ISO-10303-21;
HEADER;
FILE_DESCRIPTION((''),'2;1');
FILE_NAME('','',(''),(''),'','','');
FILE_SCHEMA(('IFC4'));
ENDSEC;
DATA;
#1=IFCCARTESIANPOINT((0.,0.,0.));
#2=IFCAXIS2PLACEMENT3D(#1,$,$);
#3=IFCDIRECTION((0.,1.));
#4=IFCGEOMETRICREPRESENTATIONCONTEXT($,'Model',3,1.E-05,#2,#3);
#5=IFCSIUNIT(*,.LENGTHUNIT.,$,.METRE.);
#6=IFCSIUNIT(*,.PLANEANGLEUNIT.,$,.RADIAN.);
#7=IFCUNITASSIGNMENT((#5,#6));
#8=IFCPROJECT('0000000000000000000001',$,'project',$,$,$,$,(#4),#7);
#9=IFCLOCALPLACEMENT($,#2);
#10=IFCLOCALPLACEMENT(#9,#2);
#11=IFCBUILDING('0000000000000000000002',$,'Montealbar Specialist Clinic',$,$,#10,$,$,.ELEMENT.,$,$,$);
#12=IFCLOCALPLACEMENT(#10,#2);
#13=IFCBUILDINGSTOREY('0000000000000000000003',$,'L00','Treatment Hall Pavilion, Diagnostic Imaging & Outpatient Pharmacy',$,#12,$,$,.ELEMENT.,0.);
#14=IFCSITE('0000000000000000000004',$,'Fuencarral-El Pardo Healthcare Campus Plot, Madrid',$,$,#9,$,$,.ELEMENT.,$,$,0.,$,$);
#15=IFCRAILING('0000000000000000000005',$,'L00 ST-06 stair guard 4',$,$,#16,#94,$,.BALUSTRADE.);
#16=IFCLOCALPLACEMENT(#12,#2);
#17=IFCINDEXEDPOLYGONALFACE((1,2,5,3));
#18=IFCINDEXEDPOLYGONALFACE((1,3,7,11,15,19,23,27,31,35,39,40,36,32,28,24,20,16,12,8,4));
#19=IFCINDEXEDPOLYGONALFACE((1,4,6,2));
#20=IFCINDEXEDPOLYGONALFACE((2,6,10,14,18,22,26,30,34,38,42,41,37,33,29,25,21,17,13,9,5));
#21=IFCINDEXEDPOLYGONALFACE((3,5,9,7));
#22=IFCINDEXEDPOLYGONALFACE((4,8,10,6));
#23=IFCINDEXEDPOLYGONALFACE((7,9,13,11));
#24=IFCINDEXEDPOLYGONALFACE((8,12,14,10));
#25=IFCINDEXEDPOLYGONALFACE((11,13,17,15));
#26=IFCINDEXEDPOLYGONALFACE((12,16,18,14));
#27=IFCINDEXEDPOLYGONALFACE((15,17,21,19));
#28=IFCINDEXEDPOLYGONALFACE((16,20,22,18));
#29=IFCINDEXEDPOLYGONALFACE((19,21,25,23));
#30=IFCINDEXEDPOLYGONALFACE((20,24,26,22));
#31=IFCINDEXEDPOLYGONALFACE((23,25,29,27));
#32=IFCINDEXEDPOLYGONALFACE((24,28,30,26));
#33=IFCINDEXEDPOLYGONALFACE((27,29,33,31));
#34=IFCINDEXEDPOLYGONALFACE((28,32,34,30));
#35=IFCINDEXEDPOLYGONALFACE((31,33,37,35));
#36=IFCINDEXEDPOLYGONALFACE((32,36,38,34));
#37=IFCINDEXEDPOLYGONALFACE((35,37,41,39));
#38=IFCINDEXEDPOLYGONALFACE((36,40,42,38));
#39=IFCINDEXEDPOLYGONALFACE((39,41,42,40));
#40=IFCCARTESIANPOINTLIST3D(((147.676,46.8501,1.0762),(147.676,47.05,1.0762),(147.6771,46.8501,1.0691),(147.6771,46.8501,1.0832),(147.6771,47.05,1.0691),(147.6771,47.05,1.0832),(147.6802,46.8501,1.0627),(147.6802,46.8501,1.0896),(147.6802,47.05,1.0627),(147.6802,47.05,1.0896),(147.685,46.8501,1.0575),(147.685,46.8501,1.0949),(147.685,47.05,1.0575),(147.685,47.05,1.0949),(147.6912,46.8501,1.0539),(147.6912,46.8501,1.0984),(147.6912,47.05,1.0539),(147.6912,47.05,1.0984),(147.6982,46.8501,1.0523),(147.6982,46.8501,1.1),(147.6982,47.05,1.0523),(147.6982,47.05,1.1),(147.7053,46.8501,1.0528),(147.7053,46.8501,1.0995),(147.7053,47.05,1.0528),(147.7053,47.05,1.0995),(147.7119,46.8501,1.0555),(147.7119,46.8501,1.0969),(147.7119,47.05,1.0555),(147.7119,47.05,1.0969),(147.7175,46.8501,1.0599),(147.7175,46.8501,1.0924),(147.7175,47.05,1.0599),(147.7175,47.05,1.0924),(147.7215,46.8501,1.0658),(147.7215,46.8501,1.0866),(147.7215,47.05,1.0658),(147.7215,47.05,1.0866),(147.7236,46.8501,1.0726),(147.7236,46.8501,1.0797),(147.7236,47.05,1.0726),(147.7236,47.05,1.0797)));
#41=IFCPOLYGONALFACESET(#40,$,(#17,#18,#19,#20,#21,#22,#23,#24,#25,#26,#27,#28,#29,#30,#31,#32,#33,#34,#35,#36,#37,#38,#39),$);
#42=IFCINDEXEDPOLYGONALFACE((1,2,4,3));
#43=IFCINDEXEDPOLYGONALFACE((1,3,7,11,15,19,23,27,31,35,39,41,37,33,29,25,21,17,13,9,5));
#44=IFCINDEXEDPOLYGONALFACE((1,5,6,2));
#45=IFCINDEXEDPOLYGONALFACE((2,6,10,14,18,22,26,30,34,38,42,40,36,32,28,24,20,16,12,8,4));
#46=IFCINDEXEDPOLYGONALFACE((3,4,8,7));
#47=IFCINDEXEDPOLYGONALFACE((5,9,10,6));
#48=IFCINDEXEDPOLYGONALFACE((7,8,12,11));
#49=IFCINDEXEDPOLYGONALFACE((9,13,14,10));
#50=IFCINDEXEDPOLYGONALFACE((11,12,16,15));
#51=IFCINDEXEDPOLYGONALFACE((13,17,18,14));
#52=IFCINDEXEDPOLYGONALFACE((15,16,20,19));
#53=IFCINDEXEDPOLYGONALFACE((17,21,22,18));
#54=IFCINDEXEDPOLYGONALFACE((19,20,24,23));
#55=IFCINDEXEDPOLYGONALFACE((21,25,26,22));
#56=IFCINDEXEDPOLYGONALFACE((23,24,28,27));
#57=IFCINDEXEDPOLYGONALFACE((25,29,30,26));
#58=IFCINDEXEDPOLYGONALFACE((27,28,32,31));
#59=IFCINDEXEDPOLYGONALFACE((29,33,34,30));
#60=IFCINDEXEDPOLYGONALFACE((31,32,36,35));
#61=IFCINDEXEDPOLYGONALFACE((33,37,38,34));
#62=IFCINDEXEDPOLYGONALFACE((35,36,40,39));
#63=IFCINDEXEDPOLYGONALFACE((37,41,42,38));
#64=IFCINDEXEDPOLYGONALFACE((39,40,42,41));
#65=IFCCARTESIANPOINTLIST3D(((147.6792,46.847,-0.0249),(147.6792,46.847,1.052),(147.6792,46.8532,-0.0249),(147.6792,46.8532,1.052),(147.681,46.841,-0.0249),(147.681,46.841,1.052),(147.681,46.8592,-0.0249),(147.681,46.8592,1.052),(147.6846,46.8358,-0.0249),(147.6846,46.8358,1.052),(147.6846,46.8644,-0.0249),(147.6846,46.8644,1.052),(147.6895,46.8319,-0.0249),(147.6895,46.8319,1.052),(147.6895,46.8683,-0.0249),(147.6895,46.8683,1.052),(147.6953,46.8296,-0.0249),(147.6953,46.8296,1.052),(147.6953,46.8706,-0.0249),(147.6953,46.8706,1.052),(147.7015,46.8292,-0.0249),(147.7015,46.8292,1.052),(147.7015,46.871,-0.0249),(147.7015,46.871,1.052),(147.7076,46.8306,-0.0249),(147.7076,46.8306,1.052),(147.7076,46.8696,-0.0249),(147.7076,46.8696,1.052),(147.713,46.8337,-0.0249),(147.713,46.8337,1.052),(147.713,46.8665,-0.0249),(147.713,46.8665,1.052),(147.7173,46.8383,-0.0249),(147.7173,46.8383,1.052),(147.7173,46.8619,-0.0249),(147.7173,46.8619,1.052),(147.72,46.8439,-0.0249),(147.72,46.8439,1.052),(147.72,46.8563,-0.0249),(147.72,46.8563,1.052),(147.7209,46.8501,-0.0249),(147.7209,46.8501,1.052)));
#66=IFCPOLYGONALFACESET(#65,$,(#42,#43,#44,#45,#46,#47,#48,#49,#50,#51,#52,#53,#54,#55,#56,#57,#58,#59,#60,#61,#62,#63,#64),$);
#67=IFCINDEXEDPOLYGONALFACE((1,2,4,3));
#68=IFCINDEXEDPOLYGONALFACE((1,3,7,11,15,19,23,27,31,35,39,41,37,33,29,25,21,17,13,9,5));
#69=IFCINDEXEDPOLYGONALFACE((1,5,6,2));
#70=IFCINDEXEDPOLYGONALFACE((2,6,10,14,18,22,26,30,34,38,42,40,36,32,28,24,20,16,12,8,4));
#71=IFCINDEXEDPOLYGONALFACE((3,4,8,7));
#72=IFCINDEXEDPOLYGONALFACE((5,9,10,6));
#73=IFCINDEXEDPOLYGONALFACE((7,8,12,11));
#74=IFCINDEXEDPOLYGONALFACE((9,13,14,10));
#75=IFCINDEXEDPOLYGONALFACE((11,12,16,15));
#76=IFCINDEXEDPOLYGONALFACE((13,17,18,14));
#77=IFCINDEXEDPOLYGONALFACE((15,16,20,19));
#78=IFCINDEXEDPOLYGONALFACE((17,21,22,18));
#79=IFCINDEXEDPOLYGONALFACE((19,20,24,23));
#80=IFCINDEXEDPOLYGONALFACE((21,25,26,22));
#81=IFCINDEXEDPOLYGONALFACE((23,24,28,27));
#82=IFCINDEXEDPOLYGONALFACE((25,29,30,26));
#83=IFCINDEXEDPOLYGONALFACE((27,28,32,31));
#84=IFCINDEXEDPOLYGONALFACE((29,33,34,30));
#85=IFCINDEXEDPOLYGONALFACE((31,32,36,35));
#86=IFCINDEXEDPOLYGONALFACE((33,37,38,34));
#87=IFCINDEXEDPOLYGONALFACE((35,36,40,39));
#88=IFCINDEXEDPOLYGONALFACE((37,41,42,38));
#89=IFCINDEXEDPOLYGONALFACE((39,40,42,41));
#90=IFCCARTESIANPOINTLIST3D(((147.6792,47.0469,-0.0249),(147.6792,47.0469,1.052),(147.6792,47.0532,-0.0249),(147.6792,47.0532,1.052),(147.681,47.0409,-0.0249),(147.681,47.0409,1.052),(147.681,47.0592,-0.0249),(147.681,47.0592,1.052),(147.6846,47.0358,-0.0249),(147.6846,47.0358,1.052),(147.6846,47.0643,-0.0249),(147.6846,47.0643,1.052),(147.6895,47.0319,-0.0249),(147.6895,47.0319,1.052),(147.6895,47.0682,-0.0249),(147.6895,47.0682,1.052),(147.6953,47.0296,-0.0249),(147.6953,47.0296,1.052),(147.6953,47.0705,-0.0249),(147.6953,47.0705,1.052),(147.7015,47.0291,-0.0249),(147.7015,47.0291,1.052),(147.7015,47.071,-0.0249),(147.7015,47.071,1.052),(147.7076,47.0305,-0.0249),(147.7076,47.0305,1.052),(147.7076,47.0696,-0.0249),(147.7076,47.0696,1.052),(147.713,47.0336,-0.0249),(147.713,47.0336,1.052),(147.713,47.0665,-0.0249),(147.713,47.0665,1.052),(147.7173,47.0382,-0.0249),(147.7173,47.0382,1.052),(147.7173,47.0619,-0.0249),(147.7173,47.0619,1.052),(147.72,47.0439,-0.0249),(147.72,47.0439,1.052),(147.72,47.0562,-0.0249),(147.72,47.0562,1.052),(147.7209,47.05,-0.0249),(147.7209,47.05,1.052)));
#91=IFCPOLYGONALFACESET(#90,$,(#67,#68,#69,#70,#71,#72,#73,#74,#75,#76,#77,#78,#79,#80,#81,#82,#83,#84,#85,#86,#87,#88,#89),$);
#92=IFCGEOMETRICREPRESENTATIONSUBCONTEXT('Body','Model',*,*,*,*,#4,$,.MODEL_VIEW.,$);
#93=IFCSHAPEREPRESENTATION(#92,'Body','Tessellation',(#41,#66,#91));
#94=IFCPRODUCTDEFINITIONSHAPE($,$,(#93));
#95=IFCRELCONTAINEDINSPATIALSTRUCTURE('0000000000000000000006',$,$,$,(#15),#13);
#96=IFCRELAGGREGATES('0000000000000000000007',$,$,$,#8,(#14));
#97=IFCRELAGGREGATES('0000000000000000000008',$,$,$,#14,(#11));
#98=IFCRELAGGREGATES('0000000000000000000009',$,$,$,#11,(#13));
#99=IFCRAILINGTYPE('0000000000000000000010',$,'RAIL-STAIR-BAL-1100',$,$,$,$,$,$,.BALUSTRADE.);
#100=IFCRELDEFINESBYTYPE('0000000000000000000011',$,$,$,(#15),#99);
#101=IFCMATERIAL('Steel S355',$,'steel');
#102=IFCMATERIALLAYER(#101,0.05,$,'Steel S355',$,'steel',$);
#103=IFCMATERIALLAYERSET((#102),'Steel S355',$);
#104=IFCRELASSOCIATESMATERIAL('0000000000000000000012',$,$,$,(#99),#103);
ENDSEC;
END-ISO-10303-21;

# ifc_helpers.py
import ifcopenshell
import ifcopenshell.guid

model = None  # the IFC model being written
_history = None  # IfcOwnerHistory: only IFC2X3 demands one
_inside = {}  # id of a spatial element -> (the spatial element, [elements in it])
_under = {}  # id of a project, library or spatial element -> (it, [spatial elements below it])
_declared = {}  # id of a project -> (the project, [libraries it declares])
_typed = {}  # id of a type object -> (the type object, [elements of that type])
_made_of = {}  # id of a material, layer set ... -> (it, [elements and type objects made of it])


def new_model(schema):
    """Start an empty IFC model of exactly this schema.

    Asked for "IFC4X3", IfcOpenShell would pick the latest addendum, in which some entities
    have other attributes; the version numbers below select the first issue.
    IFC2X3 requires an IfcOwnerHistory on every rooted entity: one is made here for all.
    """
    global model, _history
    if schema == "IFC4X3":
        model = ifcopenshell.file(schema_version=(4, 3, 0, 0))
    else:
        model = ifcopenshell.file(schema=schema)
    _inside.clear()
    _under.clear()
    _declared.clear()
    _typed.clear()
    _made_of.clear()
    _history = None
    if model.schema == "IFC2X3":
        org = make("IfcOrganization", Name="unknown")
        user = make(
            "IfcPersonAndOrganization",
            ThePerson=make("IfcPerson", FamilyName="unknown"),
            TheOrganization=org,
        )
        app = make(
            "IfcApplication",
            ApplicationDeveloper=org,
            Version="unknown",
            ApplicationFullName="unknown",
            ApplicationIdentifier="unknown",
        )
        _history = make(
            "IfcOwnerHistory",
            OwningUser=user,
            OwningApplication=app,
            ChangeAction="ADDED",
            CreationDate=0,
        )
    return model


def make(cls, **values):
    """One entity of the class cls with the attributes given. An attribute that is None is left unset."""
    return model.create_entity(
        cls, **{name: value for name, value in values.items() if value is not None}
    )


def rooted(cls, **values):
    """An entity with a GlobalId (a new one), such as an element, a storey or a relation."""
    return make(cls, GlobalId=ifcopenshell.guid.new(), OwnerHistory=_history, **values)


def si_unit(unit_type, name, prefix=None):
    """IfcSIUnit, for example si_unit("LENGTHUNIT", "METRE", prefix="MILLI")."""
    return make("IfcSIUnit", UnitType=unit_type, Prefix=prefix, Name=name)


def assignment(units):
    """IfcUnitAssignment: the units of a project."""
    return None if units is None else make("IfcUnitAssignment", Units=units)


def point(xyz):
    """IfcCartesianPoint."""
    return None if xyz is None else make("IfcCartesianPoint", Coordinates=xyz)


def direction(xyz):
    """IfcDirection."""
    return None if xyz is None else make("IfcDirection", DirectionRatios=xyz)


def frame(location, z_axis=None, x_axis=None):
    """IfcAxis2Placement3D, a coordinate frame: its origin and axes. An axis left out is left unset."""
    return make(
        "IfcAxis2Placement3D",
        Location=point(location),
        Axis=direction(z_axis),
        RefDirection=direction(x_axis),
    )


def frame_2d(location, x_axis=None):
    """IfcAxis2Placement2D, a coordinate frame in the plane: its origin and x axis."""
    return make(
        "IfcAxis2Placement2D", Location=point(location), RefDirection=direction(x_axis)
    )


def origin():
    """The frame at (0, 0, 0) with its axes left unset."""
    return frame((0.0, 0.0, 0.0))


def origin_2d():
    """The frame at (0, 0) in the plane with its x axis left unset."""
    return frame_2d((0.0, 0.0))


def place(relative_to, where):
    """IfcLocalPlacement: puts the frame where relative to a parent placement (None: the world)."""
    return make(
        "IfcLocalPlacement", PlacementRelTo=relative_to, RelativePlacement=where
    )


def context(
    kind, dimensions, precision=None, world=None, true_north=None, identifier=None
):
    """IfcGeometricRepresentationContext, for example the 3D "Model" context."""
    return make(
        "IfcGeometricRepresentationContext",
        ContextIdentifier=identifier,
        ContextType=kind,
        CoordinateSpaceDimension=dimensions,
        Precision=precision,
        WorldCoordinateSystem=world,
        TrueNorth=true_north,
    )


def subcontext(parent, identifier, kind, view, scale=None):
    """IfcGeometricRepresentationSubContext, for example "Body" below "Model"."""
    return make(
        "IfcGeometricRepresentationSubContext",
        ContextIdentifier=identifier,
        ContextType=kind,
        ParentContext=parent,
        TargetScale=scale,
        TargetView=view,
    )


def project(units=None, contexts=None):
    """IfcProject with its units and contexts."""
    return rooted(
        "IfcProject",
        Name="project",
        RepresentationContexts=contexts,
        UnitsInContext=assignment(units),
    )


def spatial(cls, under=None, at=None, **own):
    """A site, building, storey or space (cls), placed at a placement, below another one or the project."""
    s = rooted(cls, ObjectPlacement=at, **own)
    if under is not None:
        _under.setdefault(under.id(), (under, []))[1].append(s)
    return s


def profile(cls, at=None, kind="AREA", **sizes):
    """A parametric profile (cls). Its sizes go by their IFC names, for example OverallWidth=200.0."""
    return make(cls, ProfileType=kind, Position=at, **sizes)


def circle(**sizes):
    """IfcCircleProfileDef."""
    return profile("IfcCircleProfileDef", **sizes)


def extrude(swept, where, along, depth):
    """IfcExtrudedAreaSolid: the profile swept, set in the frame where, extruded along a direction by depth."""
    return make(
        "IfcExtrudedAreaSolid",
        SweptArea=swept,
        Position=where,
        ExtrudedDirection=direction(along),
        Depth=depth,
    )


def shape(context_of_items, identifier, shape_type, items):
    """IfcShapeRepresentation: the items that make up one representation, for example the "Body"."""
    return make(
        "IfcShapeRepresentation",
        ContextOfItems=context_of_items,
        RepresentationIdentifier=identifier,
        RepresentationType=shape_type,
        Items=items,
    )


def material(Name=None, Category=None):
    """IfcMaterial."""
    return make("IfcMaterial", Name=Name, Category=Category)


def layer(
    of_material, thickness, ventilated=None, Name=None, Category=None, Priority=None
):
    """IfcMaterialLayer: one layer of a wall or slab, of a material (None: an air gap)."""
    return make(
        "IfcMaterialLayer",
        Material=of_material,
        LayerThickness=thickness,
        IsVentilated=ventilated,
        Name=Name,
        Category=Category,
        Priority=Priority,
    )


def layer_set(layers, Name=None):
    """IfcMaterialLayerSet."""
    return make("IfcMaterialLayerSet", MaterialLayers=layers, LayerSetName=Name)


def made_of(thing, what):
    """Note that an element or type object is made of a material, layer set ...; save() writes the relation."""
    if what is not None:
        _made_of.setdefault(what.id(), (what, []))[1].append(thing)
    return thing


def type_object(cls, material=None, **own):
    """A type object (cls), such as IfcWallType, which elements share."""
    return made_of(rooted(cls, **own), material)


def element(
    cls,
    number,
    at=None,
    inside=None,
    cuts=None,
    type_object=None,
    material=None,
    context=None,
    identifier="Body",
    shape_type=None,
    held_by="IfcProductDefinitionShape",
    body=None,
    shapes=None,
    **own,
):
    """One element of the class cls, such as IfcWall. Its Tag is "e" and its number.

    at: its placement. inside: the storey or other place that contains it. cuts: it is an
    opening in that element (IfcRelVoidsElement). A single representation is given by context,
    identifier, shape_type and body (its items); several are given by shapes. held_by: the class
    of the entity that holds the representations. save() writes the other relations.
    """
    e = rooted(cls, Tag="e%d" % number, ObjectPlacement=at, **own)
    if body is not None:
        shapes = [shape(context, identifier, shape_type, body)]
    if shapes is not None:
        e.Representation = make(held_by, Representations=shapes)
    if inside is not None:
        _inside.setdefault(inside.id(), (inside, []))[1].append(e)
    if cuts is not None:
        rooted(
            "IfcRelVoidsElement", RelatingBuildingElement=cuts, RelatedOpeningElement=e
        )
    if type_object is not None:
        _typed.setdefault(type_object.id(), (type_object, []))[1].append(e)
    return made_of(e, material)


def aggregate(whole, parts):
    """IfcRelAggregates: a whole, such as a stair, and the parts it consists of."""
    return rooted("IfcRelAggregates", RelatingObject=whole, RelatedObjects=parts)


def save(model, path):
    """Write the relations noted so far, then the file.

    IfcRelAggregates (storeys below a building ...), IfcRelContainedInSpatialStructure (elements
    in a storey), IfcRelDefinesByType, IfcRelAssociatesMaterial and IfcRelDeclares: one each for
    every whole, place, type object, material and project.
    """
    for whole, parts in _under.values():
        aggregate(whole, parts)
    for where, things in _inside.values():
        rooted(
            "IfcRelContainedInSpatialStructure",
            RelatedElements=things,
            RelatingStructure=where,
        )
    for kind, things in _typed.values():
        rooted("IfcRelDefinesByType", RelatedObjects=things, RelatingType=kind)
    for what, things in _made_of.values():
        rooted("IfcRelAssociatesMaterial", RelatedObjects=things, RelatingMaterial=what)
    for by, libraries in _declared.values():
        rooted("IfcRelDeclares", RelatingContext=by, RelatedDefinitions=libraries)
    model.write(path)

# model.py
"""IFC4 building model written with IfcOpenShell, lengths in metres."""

from ifc_helpers import new_model, si_unit, direction, frame, origin, origin_2d, place, context, subcontext, project, spatial, circle, extrude, material, layer, layer_set, type_object, element, save


model = new_model("IFC4")

# Units and contexts
model_context = context("Model", 3, precision=1e-05, world=origin(), true_north=direction((0.0, 1.0)))
body_context = subcontext(model_context, "Body", "Model", "MODEL_VIEW")
ifc_project = project(units=[si_unit("LENGTHUNIT", "METRE"), si_unit("PLANEANGLEUNIT", "RADIAN")], contexts=[model_context])

# Site, building, storey
site_placement = place(None, origin())
site = spatial("IfcSite", under=ifc_project, at=site_placement, Name="Fuencarral-El Pardo Healthcare Campus Plot, Madrid", CompositionType="ELEMENT", RefElevation=0.0)
building_placement = place(site_placement, origin())
building = spatial("IfcBuilding", under=site, at=building_placement, Name="Montealbar Specialist Clinic", CompositionType="ELEMENT")
storey_placement = place(building_placement, origin())
storey = spatial("IfcBuildingStorey", under=building, at=storey_placement, Name="L00", Description="Treatment Hall Pavilion, Diagnostic Imaging & Outpatient Pharmacy", CompositionType="ELEMENT", Elevation=0.0)

# Shared definitions
ifc_material_1 = material(Name="Steel S355", Category="steel")

# Railing
ifc_layer_1 = layer(ifc_material_1, 0.05, Name="Steel S355", Category="steel")
ifc_layer_set_1 = layer_set([ifc_layer_1], Name="Steel S355")
railing_type_1 = type_object("IfcRailingType", Name="RAIL-STAIR-BAL-1100", PredefinedType="BALUSTRADE", material=ifc_layer_set_1)
railing_1_placement = place(storey_placement, frame((147.7, 46.8501, 0.0)))
element("IfcRailing", 1, at=railing_1_placement, inside=storey, type_object=railing_type_1, Name="L00 ST-06 stair guard 4", PredefinedType="BALUSTRADE", context=body_context, shape_type="SweptSolid", body=[
    extrude(circle(Radius=0.0239, at=origin_2d()), frame((0.0, 0.0, 1.0762), z_axis=(0.0, 1.0, 0.0), x_axis=(-1.0, 0.0, 0.0)), (0.0, 0.0, 1.0), 0.2),
    extrude(circle(Radius=0.021, at=origin_2d()), frame((0.0, 0.0, -0.0249)), (0.0, 0.0, 1.0), 1.0769),
    extrude(circle(Radius=0.021, at=origin_2d()), frame((0.0, 0.2, -0.0249)), (0.0, 0.0, 1.0), 1.0769),
])

save(model, "model.ifc")
